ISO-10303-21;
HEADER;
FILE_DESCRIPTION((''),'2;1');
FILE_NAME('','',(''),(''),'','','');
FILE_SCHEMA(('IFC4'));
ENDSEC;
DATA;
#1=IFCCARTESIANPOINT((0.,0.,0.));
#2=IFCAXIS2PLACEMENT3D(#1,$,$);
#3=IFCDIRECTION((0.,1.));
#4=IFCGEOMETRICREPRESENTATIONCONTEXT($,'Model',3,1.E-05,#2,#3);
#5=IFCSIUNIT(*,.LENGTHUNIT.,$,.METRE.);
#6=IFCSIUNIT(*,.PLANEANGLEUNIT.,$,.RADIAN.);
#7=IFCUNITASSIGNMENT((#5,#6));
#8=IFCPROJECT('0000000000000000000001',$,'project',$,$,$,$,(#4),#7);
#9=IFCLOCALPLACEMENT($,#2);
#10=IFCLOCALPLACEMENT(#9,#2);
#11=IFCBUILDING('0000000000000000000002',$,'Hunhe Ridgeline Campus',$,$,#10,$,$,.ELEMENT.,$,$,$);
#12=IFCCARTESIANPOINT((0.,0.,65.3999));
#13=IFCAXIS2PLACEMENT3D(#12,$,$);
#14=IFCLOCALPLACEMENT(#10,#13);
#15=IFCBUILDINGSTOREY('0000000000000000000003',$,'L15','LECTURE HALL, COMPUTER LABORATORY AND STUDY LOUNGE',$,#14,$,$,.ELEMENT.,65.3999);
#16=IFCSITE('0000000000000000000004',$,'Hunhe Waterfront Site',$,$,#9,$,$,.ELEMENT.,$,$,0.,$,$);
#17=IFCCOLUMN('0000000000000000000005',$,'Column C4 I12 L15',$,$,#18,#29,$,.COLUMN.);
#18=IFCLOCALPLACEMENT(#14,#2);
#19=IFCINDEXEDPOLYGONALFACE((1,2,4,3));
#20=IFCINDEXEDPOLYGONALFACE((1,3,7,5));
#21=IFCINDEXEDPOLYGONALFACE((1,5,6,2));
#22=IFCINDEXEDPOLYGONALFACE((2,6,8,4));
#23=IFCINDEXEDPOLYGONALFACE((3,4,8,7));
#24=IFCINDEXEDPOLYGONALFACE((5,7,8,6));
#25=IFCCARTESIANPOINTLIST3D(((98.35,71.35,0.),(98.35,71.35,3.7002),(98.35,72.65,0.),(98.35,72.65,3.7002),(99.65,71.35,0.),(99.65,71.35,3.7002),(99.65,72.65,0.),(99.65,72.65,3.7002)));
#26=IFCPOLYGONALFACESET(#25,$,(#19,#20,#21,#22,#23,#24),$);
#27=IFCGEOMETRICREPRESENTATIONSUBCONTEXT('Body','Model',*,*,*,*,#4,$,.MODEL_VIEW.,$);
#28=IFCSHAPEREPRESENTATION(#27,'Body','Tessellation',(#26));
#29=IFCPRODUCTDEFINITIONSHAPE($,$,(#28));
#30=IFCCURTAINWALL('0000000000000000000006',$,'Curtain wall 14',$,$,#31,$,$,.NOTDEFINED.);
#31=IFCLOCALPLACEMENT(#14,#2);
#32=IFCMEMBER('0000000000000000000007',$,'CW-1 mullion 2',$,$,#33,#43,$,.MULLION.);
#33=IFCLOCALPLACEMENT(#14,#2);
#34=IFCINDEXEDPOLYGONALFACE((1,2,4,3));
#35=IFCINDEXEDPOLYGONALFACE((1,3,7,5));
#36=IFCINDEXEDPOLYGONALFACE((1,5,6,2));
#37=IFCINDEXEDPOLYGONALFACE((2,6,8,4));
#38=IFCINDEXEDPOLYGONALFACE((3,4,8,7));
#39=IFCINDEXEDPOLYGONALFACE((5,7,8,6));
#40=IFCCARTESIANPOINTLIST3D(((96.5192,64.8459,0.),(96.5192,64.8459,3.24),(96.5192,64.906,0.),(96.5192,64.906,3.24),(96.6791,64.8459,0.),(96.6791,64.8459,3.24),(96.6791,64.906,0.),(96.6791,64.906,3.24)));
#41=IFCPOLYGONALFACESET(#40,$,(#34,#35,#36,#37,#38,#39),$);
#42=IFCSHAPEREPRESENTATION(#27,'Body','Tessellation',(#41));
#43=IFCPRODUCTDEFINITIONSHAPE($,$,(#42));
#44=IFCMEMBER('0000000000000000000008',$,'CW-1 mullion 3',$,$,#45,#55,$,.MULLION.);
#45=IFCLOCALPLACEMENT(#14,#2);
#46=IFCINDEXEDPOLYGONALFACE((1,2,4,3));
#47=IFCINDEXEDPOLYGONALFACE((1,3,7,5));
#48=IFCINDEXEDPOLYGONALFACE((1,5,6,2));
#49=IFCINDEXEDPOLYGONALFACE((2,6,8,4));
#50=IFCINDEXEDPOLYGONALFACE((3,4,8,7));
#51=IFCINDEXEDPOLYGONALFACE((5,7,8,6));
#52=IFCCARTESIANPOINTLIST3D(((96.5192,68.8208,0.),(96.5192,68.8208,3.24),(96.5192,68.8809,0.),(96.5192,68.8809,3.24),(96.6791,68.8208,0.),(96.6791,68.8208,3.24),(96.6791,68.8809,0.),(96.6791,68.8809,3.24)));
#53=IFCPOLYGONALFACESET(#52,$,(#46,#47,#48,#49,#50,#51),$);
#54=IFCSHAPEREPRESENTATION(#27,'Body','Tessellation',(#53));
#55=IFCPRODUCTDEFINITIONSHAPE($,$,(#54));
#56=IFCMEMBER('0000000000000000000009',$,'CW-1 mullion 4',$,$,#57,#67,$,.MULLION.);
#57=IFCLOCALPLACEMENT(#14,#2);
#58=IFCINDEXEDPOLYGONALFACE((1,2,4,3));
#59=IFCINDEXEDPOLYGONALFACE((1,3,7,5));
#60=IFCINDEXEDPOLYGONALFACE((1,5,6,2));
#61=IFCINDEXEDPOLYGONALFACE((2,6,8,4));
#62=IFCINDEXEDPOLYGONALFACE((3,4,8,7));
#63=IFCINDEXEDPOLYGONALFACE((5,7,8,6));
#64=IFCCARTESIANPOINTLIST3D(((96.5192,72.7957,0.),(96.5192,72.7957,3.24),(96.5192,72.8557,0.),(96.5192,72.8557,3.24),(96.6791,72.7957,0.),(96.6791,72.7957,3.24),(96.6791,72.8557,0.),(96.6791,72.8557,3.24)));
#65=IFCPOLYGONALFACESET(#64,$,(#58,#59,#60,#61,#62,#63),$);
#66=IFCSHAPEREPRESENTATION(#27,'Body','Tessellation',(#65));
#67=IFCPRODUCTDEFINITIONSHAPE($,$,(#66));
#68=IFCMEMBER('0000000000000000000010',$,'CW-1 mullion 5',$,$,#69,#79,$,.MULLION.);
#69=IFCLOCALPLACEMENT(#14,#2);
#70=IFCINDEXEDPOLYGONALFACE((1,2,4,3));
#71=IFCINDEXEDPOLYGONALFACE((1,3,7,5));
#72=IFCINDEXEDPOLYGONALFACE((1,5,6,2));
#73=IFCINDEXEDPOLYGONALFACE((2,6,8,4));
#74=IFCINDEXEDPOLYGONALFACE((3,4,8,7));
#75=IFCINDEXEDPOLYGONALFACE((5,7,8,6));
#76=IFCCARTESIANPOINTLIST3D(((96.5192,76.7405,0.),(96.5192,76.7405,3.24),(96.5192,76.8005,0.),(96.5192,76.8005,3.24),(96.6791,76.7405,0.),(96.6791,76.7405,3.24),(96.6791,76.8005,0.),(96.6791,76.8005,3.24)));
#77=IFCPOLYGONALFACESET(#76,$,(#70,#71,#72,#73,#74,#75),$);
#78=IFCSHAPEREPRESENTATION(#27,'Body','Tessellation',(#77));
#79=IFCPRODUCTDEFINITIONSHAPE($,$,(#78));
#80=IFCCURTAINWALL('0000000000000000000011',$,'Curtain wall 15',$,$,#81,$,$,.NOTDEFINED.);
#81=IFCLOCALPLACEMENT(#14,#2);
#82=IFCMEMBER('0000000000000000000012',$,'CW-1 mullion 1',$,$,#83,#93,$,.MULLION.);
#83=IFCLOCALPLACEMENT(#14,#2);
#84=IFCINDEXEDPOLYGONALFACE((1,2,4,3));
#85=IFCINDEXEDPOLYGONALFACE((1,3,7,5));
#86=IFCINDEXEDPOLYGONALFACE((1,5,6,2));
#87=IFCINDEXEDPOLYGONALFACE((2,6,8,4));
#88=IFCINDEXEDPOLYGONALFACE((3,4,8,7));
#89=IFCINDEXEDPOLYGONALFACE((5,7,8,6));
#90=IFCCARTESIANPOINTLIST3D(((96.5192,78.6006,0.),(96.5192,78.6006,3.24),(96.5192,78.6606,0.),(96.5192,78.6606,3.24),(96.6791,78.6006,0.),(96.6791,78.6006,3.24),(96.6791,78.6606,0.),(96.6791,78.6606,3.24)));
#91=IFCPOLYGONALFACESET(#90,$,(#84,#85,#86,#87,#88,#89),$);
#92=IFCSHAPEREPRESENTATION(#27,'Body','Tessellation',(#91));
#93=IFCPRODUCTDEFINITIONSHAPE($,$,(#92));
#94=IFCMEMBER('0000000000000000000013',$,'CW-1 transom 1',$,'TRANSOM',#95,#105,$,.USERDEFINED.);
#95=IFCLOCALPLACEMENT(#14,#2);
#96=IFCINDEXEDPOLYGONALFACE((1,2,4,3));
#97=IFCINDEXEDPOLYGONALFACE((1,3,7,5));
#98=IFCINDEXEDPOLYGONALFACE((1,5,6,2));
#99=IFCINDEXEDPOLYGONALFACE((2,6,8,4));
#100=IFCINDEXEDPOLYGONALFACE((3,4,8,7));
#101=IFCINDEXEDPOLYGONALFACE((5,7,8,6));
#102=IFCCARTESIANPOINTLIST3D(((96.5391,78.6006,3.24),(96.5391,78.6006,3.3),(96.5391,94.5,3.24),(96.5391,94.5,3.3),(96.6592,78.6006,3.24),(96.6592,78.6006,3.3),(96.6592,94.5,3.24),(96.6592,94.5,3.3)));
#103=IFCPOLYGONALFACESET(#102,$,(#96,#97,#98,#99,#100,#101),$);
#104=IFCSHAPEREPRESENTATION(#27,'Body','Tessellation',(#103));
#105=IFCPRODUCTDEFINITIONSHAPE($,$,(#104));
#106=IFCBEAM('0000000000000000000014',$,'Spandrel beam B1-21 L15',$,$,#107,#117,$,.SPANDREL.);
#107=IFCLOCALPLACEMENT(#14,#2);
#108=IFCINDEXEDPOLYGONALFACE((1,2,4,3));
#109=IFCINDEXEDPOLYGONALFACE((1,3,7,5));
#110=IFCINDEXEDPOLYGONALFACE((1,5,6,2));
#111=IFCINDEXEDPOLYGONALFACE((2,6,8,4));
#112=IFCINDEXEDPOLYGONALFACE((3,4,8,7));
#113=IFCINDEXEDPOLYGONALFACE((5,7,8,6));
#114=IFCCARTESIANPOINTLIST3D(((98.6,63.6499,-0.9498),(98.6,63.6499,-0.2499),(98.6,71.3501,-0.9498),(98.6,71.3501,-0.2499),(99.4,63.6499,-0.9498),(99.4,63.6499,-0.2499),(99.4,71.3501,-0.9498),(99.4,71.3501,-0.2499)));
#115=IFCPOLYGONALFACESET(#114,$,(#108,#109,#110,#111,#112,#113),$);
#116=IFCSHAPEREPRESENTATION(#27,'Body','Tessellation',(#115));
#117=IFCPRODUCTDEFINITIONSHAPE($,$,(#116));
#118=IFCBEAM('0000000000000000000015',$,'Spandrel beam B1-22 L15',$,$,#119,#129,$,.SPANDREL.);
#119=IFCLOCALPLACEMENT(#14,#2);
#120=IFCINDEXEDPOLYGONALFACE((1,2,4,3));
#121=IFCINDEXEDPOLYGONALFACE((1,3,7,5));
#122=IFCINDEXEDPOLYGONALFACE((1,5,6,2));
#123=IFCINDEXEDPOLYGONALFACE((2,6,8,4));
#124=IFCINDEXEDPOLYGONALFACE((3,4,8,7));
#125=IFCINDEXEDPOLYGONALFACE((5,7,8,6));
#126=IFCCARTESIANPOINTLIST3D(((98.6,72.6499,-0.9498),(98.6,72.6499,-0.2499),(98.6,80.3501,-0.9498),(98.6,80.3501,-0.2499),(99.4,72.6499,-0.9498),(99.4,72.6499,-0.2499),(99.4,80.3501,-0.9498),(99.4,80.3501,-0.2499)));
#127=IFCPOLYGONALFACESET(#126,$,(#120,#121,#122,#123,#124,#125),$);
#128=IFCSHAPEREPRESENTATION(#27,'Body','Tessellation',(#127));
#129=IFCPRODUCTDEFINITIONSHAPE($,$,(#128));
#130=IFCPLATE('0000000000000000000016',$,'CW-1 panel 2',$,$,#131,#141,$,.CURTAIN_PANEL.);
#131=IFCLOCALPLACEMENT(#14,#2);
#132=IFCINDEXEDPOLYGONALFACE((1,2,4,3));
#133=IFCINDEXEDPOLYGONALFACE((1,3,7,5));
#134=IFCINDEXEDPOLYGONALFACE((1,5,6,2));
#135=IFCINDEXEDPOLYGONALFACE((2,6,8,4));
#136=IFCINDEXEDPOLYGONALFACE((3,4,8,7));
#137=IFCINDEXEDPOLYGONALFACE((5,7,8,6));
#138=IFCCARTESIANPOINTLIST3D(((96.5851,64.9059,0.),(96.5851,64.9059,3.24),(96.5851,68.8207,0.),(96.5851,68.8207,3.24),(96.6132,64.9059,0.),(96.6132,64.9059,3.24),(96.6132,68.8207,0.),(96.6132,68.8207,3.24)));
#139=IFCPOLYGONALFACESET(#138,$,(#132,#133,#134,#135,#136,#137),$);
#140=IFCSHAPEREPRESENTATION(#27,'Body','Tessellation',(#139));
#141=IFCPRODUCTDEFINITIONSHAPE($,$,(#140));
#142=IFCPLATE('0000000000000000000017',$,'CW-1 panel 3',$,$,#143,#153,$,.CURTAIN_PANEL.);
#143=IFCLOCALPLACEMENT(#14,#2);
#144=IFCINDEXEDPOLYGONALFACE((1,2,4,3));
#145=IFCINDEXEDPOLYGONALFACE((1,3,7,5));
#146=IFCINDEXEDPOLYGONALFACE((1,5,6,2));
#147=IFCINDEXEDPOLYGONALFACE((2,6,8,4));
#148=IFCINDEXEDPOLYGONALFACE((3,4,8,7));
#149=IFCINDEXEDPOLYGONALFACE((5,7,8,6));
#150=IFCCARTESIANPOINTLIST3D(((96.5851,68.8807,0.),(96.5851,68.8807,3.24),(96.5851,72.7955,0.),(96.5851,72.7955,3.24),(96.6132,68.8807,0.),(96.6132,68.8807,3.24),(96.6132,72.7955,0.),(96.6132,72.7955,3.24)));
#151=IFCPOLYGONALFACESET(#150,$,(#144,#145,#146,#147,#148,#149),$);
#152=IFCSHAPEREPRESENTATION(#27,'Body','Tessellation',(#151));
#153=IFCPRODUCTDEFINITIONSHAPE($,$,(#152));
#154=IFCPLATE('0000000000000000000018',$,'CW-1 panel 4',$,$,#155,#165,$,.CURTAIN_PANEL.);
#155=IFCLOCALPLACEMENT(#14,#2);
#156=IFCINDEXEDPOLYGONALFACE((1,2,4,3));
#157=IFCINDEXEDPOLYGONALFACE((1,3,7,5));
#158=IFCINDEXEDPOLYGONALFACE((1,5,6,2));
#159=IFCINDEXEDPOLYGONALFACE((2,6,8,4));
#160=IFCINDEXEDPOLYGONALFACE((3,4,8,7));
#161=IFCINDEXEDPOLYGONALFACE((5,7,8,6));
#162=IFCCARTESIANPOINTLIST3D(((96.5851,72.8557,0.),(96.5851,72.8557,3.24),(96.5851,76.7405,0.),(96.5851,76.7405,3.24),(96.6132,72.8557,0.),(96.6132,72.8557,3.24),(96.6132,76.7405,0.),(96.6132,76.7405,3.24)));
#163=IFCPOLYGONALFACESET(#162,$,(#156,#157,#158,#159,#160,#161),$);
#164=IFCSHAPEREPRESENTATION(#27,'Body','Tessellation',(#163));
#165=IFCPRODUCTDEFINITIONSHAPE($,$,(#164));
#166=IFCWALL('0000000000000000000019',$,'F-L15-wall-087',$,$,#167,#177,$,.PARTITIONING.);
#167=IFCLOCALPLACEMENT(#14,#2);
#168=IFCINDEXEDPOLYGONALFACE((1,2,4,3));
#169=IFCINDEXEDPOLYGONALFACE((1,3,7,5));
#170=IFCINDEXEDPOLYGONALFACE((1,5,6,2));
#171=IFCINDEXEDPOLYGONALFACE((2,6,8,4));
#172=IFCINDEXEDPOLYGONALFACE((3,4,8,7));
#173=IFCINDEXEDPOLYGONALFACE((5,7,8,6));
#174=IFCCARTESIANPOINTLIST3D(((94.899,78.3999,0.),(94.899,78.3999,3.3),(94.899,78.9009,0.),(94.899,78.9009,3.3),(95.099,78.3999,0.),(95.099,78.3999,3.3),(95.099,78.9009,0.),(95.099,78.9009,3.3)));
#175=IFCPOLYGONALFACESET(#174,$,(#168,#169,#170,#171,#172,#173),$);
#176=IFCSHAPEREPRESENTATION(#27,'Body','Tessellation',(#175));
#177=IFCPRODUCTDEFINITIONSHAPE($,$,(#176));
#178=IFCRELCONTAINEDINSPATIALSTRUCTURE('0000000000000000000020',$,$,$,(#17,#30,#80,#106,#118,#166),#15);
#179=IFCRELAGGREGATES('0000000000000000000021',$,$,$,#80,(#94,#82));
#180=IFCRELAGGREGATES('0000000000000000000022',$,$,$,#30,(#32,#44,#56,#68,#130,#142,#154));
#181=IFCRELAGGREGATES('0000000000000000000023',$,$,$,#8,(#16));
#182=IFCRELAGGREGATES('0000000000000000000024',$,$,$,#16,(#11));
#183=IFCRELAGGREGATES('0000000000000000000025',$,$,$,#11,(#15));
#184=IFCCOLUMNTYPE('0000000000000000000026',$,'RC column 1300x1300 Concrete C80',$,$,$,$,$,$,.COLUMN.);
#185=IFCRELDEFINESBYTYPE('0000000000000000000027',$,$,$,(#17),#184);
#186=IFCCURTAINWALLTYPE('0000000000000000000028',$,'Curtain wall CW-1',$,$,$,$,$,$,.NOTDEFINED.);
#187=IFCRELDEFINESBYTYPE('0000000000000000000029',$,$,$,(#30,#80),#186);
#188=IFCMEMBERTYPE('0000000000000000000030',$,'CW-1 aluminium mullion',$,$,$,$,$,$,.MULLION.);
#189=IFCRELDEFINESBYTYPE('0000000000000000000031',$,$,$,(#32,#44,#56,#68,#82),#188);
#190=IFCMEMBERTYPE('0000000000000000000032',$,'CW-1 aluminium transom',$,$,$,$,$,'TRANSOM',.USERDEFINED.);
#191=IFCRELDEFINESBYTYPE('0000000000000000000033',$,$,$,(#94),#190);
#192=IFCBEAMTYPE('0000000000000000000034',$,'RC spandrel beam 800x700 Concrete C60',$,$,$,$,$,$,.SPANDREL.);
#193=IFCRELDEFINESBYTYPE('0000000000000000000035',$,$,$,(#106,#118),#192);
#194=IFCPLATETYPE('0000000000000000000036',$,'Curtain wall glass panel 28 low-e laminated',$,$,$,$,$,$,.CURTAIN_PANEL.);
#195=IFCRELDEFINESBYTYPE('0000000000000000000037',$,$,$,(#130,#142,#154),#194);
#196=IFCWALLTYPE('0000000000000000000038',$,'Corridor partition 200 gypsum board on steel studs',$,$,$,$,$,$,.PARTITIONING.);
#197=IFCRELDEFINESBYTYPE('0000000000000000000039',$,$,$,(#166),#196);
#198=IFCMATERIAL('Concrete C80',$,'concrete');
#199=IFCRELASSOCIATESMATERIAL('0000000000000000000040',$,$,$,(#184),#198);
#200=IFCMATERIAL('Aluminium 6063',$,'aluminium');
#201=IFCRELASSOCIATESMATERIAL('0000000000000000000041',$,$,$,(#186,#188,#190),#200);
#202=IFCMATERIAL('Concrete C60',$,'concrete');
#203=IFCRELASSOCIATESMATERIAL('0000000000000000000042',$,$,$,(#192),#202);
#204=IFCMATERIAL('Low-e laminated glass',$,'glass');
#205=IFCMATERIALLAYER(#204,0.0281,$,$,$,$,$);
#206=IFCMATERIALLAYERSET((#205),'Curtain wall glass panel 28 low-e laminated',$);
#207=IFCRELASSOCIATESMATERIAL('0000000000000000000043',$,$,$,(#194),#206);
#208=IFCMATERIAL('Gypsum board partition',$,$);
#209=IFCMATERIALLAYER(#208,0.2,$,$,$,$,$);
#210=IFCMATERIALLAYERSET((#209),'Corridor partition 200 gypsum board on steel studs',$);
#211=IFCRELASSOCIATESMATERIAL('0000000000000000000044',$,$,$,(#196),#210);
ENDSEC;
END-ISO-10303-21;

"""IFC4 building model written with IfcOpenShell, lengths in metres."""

from ifc_helpers import new_model, si_unit, direction, frame, frame_2d, origin, origin_2d, place, context, subcontext, project, spatial, rectangle, extrude, material, layer, layer_set, material_profile, profile_set, type_object, element, aggregate, save


model = new_model("IFC4")

# Units and contexts
model_context = context("Model", 3, precision=1e-05, world=origin(), true_north=direction((0.0, 1.0)))
body_context = subcontext(model_context, "Body", "Model", "MODEL_VIEW")
ifc_project = project(units=[si_unit("LENGTHUNIT", "METRE"), si_unit("PLANEANGLEUNIT", "RADIAN")], contexts=[model_context])

# Site, building, storey
site_placement = place(None, origin())
site = spatial("IfcSite", under=ifc_project, at=site_placement, Name="Hunhe Waterfront Site", CompositionType="ELEMENT", RefElevation=0.0)
building_placement = place(site_placement, origin())
building = spatial("IfcBuilding", under=site, at=building_placement, Name="Hunhe Ridgeline Campus", CompositionType="ELEMENT")
storey_placement = place(building_placement, frame((0.0, 0.0, 65.3999)))
storey = spatial("IfcBuildingStorey", under=building, at=storey_placement, Name="L15", Description="LECTURE HALL, COMPUTER LABORATORY AND STUDY LOUNGE", CompositionType="ELEMENT", Elevation=65.3999)

# Column
ifc_material_1 = material(Name="Concrete C80", Category="concrete")
ifc_material_profile_1 = material_profile(ifc_material_1, rectangle(XDim=1.3, YDim=1.3, at=origin_2d()))
ifc_profile_set_1 = profile_set([ifc_material_profile_1], Name="Concrete C80")
column_type = type_object("IfcColumnType", Name="RC column 1300x1300 Concrete C80", PredefinedType="COLUMN", material=ifc_profile_set_1)
column_placement = place(storey_placement, frame((99.0, 72.0, 0.0), z_axis=(0.0, 0.0, 1.0), x_axis=(1.0, 0.0, 0.0)))
element("IfcColumn", 1, at=column_placement, inside=storey, type_object=column_type, Name="Column C4 I12 L15", PredefinedType="COLUMN", context=body_context, shape_type="SweptSolid", body=[
    extrude(rectangle(XDim=1.3, YDim=1.3, at=origin_2d()), origin(), (0.0, 0.0, 1.0), 3.7002),
])

# Curtain walls, members
ifc_material_2 = material(Name="Aluminium 6063", Category="aluminium")
curtain_wall_type = type_object("IfcCurtainWallType", Name="Curtain wall CW-1", PredefinedType="NOTDEFINED", material=ifc_material_2)
curtain_wall_1_placement = place(storey_placement, origin())
curtain_wall_1 = element("IfcCurtainWall", 2, at=curtain_wall_1_placement, inside=storey, type_object=curtain_wall_type, Name="Curtain wall 14", PredefinedType="NOTDEFINED")
ifc_material_profile_2 = material_profile(ifc_material_2, rectangle(XDim=0.1599, YDim=0.0601, at=origin_2d()))
ifc_profile_set_2 = profile_set([ifc_material_profile_2], Name="Aluminium 6063")
member_type_1 = type_object("IfcMemberType", Name="CW-1 aluminium mullion", PredefinedType="MULLION", material=ifc_profile_set_2)
member_1_placement = place(storey_placement, frame((96.5991, 64.876, 0.0), z_axis=(0.0, 0.0, 1.0), x_axis=(-1.0, 0.0, 0.0)))
member_1 = element("IfcMember", 3, at=member_1_placement, type_object=member_type_1, Name="CW-1 mullion 2", PredefinedType="MULLION", context=body_context, shape_type="SweptSolid", body=[
    extrude(rectangle(XDim=0.1599, YDim=0.0601, at=origin_2d()), origin(), (0.0, 0.0, 1.0), 3.24),
])
member_2_placement = place(storey_placement, frame((96.5991, 68.8508, 0.0), z_axis=(0.0, 0.0, 1.0), x_axis=(-1.0, 0.0, 0.0)))
member_2 = element("IfcMember", 4, at=member_2_placement, type_object=member_type_1, Name="CW-1 mullion 3", PredefinedType="MULLION", context=body_context, shape_type="SweptSolid", body=[
    extrude(rectangle(XDim=0.1599, YDim=0.0601, at=origin_2d()), origin(), (0.0, 0.0, 1.0), 3.24),
])
member_3_placement = place(storey_placement, frame((96.5991, 72.8257, 0.0), z_axis=(0.0, 0.0, 1.0), x_axis=(-1.0, 0.0, 0.0)))
member_3 = element("IfcMember", 5, at=member_3_placement, type_object=member_type_1, Name="CW-1 mullion 4", PredefinedType="MULLION", context=body_context, shape_type="SweptSolid", body=[
    extrude(rectangle(XDim=0.1599, YDim=0.0601, at=origin_2d()), origin(), (0.0, 0.0, 1.0), 3.24),
])
member_4_placement = place(storey_placement, frame((96.5991, 76.7705, 0.0), z_axis=(0.0, 0.0, 1.0), x_axis=(-1.0, 0.0, 0.0)))
member_4 = element("IfcMember", 6, at=member_4_placement, type_object=member_type_1, Name="CW-1 mullion 5", PredefinedType="MULLION", context=body_context, shape_type="SweptSolid", body=[
    extrude(rectangle(XDim=0.1599, YDim=0.0601, at=origin_2d()), origin(), (0.0, 0.0, 1.0), 3.24),
])
curtain_wall_2_placement = place(storey_placement, origin())
curtain_wall_2 = element("IfcCurtainWall", 7, at=curtain_wall_2_placement, inside=storey, type_object=curtain_wall_type, Name="Curtain wall 15", PredefinedType="NOTDEFINED")
member_5_placement = place(storey_placement, frame((96.5991, 78.6306, 0.0), z_axis=(0.0, 0.0, 1.0), x_axis=(-1.0, 0.0, 0.0)))
member_5 = element("IfcMember", 8, at=member_5_placement, type_object=member_type_1, Name="CW-1 mullion 1", PredefinedType="MULLION", context=body_context, shape_type="SweptSolid", body=[
    extrude(rectangle(XDim=0.1599, YDim=0.0601, at=origin_2d()), origin(), (0.0, 0.0, 1.0), 3.24),
])
ifc_material_profile_3 = material_profile(ifc_material_2, rectangle(XDim=0.1201, YDim=0.0601, at=origin_2d()))
ifc_profile_set_3 = profile_set([ifc_material_profile_3], Name="Aluminium 6063")
member_type_2 = type_object("IfcMemberType", Name="CW-1 aluminium transom", ElementType="TRANSOM", PredefinedType="USERDEFINED", material=ifc_profile_set_3)
member_6_placement = place(storey_placement, frame((96.5991, 78.6006, 3.27), z_axis=(0.0, 1.0, 0.0), x_axis=(-1.0, 0.0, 0.0)))
member_6 = element("IfcMember", 9, at=member_6_placement, type_object=member_type_2, Name="CW-1 transom 1", ObjectType="TRANSOM", PredefinedType="USERDEFINED", context=body_context, shape_type="SweptSolid", body=[
    extrude(rectangle(XDim=0.1201, YDim=0.0601, at=origin_2d()), origin(), (0.0, 0.0, 1.0), 15.8994),
])
aggregate(curtain_wall_2, [member_6, member_5])

# Beams
ifc_material_3 = material(Name="Concrete C60", Category="concrete")
ifc_material_profile_4 = material_profile(ifc_material_3, rectangle(XDim=0.8, YDim=0.7, at=origin_2d()))
ifc_profile_set_4 = profile_set([ifc_material_profile_4], Name="Concrete C60")
beam_type = type_object("IfcBeamType", Name="RC spandrel beam 800x700 Concrete C60", PredefinedType="SPANDREL", material=ifc_profile_set_4)
for number, where, z_axis, x_axis, name in (
    (10, (99.0, 63.6499, -0.5999), (0.0, 1.0, 0.0), (-1.0, 0.0, 0.0), "Spandrel beam B1-21 L15"),
    (11, (99.0, 72.6499, -0.5999), (0.0, 1.0, 0.0), (-1.0, 0.0, 0.0), "Spandrel beam B1-22 L15"),
):
    element("IfcBeam", number, at=place(storey_placement, frame(where, z_axis=z_axis, x_axis=x_axis)), inside=storey, type_object=beam_type, Name=name, PredefinedType="SPANDREL", context=body_context, shape_type="SweptSolid", body=[
        extrude(rectangle(XDim=0.8, YDim=0.7, at=origin_2d()), origin(), (0.0, 0.0, 1.0), 7.7002),
    ])

# Plates
ifc_material_4 = material(Name="Low-e laminated glass", Category="glass")
ifc_layer_1 = layer(ifc_material_4, 0.0281)
ifc_layer_set_1 = layer_set([ifc_layer_1], Name="Curtain wall glass panel 28 low-e laminated")
plate_type = type_object("IfcPlateType", Name="Curtain wall glass panel 28 low-e laminated", PredefinedType="CURTAIN_PANEL", material=ifc_layer_set_1)
plate_1_placement = place(storey_placement, frame((96.5991, 66.8633, 0.0), z_axis=(0.0, 0.0, 1.0), x_axis=(0.0, 1.0, 0.0)))
plate_1 = element("IfcPlate", 12, at=plate_1_placement, type_object=plate_type, Name="CW-1 panel 2", PredefinedType="CURTAIN_PANEL", context=body_context, shape_type="SweptSolid", body=[
    extrude(rectangle(XDim=3.9148, YDim=0.0281, at=origin_2d()), origin(), (0.0, 0.0, 1.0), 3.24),
])
plate_2_placement = place(storey_placement, frame((96.5991, 70.8381, 0.0), z_axis=(0.0, 0.0, 1.0), x_axis=(0.0, 1.0, 0.0)))
plate_2 = element("IfcPlate", 13, at=plate_2_placement, type_object=plate_type, Name="CW-1 panel 3", PredefinedType="CURTAIN_PANEL", context=body_context, shape_type="SweptSolid", body=[
    extrude(rectangle(XDim=3.9148, YDim=0.0281, at=origin_2d()), origin(), (0.0, 0.0, 1.0), 3.24),
])
plate_3_placement = place(storey_placement, frame((96.5991, 74.7981, 0.0), z_axis=(0.0, 0.0, 1.0), x_axis=(0.0, 1.0, 0.0)))
plate_3 = element("IfcPlate", 14, at=plate_3_placement, type_object=plate_type, Name="CW-1 panel 4", PredefinedType="CURTAIN_PANEL", context=body_context, shape_type="SweptSolid", body=[
    extrude(rectangle(XDim=3.8848, YDim=0.0281, at=origin_2d()), origin(), (0.0, 0.0, 1.0), 3.24),
])
aggregate(curtain_wall_1, [member_1, member_2, member_3, member_4, plate_1, plate_2, plate_3])

# Shared definitions
ifc_material_5 = material(Name="Gypsum board partition")
ifc_layer_2 = layer(ifc_material_5, 0.2)
ifc_layer_set_2 = layer_set([ifc_layer_2], Name="Corridor partition 200 gypsum board on steel studs")
wall_type_1 = type_object("IfcWallType", Name="Corridor partition 200 gypsum board on steel studs", PredefinedType="PARTITIONING", material=ifc_layer_set_2)

# Wall
wall_1_placement = place(storey_placement, frame((94.999, 78.3999, 0.0), z_axis=(0.0, 0.0, 1.0), x_axis=(0.0, 1.0, 0.0)))
element("IfcWall", 15, at=wall_1_placement, inside=storey, type_object=wall_type_1, Name="F-L15-wall-087", PredefinedType="PARTITIONING", context=body_context, shape_type="SweptSolid", body=[
    extrude(rectangle(XDim=0.501, YDim=0.2, at=frame_2d((0.2505, 0.0))), origin(), (0.0, 0.0, 1.0), 3.3),
])

save(model, "model.ifc")
